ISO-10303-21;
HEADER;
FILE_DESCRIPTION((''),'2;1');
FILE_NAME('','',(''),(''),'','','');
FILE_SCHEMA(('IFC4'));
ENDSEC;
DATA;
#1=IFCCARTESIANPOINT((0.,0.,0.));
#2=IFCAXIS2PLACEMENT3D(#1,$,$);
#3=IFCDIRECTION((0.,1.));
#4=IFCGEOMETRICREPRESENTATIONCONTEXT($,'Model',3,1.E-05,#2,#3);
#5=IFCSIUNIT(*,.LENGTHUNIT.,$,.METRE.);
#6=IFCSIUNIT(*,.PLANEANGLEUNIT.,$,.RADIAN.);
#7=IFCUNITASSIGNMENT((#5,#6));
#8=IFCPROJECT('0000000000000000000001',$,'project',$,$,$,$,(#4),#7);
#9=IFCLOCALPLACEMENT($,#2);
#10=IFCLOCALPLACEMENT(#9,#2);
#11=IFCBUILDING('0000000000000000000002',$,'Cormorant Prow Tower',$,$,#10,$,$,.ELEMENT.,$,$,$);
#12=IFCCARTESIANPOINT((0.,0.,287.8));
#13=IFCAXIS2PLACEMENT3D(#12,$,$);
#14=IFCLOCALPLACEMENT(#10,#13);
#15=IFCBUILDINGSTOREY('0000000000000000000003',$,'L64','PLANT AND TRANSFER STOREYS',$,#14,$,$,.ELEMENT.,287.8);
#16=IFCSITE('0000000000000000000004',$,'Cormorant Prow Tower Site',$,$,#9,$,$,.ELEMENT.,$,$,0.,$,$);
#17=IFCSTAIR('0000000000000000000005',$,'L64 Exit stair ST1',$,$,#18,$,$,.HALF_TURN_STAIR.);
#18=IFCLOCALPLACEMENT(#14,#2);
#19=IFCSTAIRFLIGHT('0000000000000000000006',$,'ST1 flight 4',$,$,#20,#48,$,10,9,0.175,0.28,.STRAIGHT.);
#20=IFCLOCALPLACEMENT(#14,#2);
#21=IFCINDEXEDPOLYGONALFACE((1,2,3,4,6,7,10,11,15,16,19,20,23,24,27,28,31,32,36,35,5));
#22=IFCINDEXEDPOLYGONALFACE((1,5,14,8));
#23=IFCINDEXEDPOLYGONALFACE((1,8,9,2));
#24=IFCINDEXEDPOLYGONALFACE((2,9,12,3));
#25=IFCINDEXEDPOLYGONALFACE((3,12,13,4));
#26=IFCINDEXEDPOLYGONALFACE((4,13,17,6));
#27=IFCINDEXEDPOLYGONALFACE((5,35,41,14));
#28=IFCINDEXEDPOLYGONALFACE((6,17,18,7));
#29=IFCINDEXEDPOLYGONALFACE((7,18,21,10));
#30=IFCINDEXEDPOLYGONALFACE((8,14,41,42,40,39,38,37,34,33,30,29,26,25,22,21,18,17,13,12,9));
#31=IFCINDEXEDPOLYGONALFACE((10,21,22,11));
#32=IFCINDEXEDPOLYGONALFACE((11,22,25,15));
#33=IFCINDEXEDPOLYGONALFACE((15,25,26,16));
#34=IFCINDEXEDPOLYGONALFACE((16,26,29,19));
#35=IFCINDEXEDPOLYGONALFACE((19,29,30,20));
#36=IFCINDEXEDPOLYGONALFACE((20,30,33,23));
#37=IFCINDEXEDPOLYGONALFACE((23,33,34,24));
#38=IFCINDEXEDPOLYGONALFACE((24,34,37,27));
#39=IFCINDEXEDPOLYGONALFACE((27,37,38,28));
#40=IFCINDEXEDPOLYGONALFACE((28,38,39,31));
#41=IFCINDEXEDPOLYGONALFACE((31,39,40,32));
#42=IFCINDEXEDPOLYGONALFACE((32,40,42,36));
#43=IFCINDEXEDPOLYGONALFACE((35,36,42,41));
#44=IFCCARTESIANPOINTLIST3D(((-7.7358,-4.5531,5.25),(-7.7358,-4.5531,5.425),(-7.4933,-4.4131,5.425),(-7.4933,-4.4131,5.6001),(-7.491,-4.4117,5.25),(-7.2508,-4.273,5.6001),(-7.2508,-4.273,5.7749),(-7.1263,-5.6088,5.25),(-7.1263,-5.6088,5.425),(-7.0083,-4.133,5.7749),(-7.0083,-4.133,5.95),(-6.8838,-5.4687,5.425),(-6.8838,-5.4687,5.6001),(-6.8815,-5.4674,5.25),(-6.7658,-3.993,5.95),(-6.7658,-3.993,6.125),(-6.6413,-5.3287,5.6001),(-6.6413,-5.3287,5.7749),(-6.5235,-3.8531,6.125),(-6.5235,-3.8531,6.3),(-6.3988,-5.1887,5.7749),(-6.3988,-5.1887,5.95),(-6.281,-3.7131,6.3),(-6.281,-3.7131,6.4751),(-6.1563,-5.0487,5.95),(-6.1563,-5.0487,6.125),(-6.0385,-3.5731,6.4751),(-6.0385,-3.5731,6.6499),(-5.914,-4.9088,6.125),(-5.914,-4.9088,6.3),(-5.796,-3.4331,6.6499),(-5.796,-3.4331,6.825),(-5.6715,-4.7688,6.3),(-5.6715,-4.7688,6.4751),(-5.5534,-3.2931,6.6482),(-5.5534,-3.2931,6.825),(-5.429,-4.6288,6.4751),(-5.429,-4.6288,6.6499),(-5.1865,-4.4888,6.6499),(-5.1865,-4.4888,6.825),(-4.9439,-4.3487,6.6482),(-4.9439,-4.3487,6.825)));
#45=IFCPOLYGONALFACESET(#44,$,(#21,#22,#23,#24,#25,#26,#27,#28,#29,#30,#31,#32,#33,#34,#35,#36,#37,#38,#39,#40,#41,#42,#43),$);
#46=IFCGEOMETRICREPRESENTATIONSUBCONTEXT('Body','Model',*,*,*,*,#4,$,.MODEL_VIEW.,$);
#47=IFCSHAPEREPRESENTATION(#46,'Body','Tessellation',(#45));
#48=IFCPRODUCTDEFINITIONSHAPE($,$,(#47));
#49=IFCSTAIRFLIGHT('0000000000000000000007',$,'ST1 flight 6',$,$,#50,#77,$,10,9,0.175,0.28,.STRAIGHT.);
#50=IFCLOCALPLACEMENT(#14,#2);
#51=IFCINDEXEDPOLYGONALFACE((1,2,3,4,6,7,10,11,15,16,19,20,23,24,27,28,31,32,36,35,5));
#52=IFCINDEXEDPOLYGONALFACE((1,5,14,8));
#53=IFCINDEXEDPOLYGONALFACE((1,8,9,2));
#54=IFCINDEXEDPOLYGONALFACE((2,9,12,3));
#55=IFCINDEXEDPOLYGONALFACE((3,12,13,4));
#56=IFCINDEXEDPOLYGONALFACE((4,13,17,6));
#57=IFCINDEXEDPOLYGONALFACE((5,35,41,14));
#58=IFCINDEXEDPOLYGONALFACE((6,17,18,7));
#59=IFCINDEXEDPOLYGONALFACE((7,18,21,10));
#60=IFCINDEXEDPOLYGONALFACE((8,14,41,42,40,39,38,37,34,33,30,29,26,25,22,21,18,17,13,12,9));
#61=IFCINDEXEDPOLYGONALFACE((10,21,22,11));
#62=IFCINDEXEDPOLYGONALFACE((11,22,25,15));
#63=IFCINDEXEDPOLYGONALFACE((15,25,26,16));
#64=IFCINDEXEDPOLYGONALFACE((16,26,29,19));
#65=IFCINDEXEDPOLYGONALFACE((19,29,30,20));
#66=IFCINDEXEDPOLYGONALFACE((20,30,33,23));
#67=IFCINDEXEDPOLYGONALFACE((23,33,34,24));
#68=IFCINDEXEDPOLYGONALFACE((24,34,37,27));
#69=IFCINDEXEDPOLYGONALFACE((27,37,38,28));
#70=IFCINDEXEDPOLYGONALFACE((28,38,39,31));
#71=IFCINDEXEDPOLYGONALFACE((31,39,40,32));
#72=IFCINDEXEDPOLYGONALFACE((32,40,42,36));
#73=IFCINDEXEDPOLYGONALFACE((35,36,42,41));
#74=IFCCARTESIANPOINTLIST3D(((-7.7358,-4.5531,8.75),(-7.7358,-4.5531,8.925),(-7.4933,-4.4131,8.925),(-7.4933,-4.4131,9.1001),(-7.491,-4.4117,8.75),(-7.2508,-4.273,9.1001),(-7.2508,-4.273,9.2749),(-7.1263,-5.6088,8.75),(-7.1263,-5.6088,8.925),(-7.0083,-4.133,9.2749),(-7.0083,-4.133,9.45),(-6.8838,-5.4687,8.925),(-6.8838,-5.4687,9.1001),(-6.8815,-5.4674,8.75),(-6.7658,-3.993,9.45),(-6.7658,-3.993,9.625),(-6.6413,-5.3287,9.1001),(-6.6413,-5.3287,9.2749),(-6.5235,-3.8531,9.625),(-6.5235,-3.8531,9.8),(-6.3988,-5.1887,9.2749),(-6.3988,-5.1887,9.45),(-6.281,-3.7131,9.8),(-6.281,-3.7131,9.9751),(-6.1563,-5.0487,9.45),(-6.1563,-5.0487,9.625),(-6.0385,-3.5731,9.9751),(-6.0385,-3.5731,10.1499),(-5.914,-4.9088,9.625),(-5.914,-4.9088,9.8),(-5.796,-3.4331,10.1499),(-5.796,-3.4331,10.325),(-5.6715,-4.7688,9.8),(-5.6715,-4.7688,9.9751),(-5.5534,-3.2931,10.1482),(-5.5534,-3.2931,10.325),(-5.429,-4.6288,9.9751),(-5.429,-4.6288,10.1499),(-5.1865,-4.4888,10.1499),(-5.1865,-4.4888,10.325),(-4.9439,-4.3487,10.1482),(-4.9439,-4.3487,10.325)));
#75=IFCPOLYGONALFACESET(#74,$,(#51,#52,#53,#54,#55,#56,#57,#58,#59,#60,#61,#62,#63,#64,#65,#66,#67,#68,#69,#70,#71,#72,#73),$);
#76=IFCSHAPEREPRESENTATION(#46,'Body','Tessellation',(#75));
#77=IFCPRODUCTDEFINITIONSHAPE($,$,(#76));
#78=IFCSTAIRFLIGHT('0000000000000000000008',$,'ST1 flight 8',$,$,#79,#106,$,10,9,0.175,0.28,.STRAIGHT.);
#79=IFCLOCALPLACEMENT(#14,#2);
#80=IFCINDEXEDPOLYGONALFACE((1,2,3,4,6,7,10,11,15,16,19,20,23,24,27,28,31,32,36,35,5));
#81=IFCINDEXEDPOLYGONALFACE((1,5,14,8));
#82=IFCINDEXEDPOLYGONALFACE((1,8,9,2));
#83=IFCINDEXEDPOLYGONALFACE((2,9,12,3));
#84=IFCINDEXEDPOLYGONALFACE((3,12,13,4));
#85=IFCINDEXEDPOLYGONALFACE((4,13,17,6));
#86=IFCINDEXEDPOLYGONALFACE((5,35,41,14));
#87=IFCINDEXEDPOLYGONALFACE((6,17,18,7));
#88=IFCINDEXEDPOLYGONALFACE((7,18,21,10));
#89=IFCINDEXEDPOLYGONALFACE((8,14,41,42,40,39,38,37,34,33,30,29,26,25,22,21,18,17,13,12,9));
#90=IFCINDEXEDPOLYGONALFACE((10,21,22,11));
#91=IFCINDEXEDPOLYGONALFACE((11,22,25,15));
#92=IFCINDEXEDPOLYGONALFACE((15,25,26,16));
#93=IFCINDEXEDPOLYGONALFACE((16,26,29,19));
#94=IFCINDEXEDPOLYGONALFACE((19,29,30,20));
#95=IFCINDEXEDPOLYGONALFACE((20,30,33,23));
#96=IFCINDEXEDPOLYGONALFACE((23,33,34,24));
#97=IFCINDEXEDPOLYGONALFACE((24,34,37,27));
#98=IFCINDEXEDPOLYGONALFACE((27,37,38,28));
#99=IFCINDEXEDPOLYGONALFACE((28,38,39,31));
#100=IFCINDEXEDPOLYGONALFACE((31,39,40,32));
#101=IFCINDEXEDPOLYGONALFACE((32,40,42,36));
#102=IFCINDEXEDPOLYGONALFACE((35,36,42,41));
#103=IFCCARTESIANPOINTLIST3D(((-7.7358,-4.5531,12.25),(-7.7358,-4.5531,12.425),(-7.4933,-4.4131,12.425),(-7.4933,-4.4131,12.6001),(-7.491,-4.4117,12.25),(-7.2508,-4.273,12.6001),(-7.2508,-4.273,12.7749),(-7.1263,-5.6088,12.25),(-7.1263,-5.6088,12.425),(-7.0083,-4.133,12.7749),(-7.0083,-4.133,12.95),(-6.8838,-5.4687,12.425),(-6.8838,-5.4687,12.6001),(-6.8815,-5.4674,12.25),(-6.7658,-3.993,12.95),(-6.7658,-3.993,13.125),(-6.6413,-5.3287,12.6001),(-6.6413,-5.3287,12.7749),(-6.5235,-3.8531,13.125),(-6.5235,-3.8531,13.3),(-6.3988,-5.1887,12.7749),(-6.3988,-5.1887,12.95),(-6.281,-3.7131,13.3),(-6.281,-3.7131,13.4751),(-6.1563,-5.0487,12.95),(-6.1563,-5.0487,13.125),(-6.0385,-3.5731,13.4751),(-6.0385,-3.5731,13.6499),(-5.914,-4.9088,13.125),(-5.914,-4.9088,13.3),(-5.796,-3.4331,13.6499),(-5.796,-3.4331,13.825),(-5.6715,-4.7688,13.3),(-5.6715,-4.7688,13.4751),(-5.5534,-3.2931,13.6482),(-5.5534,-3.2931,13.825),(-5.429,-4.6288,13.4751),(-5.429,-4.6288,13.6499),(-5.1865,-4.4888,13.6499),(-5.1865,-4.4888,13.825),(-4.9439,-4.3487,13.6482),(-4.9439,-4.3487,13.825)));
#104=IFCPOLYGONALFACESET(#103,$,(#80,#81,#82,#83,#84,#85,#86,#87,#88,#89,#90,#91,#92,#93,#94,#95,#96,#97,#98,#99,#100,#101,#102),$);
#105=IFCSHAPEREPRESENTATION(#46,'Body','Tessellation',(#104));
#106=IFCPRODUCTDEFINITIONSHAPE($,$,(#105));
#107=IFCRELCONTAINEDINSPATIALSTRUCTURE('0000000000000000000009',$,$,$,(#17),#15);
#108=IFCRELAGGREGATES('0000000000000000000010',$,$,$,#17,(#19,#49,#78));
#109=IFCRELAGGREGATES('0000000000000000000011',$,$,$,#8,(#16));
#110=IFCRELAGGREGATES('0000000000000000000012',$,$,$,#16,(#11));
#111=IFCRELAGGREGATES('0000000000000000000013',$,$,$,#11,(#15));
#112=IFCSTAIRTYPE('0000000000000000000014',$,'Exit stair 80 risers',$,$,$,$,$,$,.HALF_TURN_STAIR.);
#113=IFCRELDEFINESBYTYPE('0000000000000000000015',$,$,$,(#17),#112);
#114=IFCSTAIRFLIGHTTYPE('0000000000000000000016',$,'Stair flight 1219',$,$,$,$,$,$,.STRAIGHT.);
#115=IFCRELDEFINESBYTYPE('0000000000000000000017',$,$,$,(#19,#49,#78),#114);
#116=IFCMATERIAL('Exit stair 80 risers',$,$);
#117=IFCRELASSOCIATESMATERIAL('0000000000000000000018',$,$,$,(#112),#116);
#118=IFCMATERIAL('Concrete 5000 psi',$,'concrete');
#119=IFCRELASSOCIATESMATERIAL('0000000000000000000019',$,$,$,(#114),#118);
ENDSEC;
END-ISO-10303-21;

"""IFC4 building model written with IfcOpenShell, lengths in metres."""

from ifc_helpers import new_model, si_unit, direction, frame, origin, place, context, subcontext, project, spatial, polyline, outline, extrude, material, type_object, element, aggregate, save


model = new_model("IFC4")

# Units and contexts
model_context = context("Model", 3, precision=1e-05, world=origin(), true_north=direction((0.0, 1.0)))
body_context = subcontext(model_context, "Body", "Model", "MODEL_VIEW")
ifc_project = project(units=[si_unit("LENGTHUNIT", "METRE"), si_unit("PLANEANGLEUNIT", "RADIAN")], contexts=[model_context])

# Site, building, storey
site_placement = place(None, origin())
site = spatial("IfcSite", under=ifc_project, at=site_placement, Name="Cormorant Prow Tower Site", CompositionType="ELEMENT", RefElevation=0.0)
building_placement = place(site_placement, origin())
building = spatial("IfcBuilding", under=site, at=building_placement, Name="Cormorant Prow Tower", CompositionType="ELEMENT")
storey_placement = place(building_placement, frame((0.0, 0.0, 287.8)))
storey = spatial("IfcBuildingStorey", under=building, at=storey_placement, Name="L64", Description="PLANT AND TRANSFER STOREYS", CompositionType="ELEMENT", Elevation=287.8)

# Stair, stair flights
ifc_material_1 = material(Name="Exit stair 80 risers")
stair_type = type_object("IfcStairType", Name="Exit stair 80 risers", PredefinedType="HALF_TURN_STAIR", material=ifc_material_1)
stair_placement = place(storey_placement, origin())
stair = element("IfcStair", 1, at=stair_placement, inside=storey, type_object=stair_type, Name="L64 Exit stair ST1", PredefinedType="HALF_TURN_STAIR")
ifc_material_2 = material(Name="Concrete 5000 psi", Category="concrete")
stair_flight_type = type_object("IfcStairFlightType", Name="Stair flight 1219", PredefinedType="STRAIGHT", material=ifc_material_2)
stair_flight_1_placement = place(storey_placement, frame((-7.4312, -5.0808, 5.25), z_axis=(0.0, 0.0, 1.0), x_axis=(0.866025, 0.5, 0.0)))
stair_flight_1 = element("IfcStairFlight", 2, at=stair_flight_1_placement, type_object=stair_flight_type, Name="ST1 flight 4", NumberOfRisers=10, NumberOfTreads=9, PredefinedType="STRAIGHT", RiserHeight=0.175, TreadLength=0.28, context=body_context, shape_type="SweptSolid", body=[
    extrude(outline(polyline([(0.0, 0.0), (0.0, 0.175), (0.28, 0.175), (0.28, 0.3501), (0.5601, 0.3501), (0.5601, 0.5249), (0.8401, 0.5249), (0.8401, 0.7), (1.1201, 0.7), (1.1201, 0.875), (1.3999, 0.875), (1.3999, 1.05), (1.6799, 1.05), (1.6799, 1.2251), (1.96, 1.2251), (1.96, 1.3999), (2.24, 1.3999), (2.24, 1.575), (2.52, 1.575), (2.52, 1.75), (2.52, 1.3982), (0.2827, 0.0), (0.0, 0.0)])), frame((0.0, 0.6094, 0.0), z_axis=(0.0, -1.0, 0.0), x_axis=(1.0, 0.0, 0.0)), (0.0, 0.0, 1.0), 1.219),
])
stair_flight_2_placement = place(storey_placement, frame((-7.4312, -5.0808, 8.75), z_axis=(0.0, 0.0, 1.0), x_axis=(0.866025, 0.5, 0.0)))
stair_flight_2 = element("IfcStairFlight", 3, at=stair_flight_2_placement, type_object=stair_flight_type, Name="ST1 flight 6", NumberOfRisers=10, NumberOfTreads=9, PredefinedType="STRAIGHT", RiserHeight=0.175, TreadLength=0.28, context=body_context, shape_type="SweptSolid", body=[
    extrude(outline(polyline([(0.0, 0.0), (0.0, 0.175), (0.28, 0.175), (0.28, 0.3501), (0.5601, 0.3501), (0.5601, 0.5249), (0.8401, 0.5249), (0.8401, 0.7), (1.1201, 0.7), (1.1201, 0.875), (1.3999, 0.875), (1.3999, 1.05), (1.6799, 1.05), (1.6799, 1.2251), (1.96, 1.2251), (1.96, 1.3999), (2.24, 1.3999), (2.24, 1.575), (2.52, 1.575), (2.52, 1.75), (2.52, 1.3982), (0.2827, 0.0), (0.0, 0.0)])), frame((0.0, 0.6094, 0.0), z_axis=(0.0, -1.0, 0.0), x_axis=(1.0, 0.0, 0.0)), (0.0, 0.0, 1.0), 1.219),
])
stair_flight_3_placement = place(storey_placement, frame((-7.4312, -5.0808, 12.25), z_axis=(0.0, 0.0, 1.0), x_axis=(0.866025, 0.5, 0.0)))
stair_flight_3 = element("IfcStairFlight", 4, at=stair_flight_3_placement, type_object=stair_flight_type, Name="ST1 flight 8", NumberOfRisers=10, NumberOfTreads=9, PredefinedType="STRAIGHT", RiserHeight=0.175, TreadLength=0.28, context=body_context, shape_type="SweptSolid", body=[
    extrude(outline(polyline([(0.0, 0.0), (0.0, 0.175), (0.28, 0.175), (0.28, 0.3501), (0.5601, 0.3501), (0.5601, 0.5249), (0.8401, 0.5249), (0.8401, 0.7), (1.1201, 0.7), (1.1201, 0.875), (1.3999, 0.875), (1.3999, 1.05), (1.6799, 1.05), (1.6799, 1.2251), (1.96, 1.2251), (1.96, 1.3999), (2.24, 1.3999), (2.24, 1.575), (2.52, 1.575), (2.52, 1.75), (2.52, 1.3982), (0.2827, 0.0), (0.0, 0.0)])), frame((0.0, 0.6094, 0.0), z_axis=(0.0, -1.0, 0.0), x_axis=(1.0, 0.0, 0.0)), (0.0, 0.0, 1.0), 1.219),
])
aggregate(stair, [stair_flight_1, stair_flight_2, stair_flight_3])

save(model, "model.ifc")
